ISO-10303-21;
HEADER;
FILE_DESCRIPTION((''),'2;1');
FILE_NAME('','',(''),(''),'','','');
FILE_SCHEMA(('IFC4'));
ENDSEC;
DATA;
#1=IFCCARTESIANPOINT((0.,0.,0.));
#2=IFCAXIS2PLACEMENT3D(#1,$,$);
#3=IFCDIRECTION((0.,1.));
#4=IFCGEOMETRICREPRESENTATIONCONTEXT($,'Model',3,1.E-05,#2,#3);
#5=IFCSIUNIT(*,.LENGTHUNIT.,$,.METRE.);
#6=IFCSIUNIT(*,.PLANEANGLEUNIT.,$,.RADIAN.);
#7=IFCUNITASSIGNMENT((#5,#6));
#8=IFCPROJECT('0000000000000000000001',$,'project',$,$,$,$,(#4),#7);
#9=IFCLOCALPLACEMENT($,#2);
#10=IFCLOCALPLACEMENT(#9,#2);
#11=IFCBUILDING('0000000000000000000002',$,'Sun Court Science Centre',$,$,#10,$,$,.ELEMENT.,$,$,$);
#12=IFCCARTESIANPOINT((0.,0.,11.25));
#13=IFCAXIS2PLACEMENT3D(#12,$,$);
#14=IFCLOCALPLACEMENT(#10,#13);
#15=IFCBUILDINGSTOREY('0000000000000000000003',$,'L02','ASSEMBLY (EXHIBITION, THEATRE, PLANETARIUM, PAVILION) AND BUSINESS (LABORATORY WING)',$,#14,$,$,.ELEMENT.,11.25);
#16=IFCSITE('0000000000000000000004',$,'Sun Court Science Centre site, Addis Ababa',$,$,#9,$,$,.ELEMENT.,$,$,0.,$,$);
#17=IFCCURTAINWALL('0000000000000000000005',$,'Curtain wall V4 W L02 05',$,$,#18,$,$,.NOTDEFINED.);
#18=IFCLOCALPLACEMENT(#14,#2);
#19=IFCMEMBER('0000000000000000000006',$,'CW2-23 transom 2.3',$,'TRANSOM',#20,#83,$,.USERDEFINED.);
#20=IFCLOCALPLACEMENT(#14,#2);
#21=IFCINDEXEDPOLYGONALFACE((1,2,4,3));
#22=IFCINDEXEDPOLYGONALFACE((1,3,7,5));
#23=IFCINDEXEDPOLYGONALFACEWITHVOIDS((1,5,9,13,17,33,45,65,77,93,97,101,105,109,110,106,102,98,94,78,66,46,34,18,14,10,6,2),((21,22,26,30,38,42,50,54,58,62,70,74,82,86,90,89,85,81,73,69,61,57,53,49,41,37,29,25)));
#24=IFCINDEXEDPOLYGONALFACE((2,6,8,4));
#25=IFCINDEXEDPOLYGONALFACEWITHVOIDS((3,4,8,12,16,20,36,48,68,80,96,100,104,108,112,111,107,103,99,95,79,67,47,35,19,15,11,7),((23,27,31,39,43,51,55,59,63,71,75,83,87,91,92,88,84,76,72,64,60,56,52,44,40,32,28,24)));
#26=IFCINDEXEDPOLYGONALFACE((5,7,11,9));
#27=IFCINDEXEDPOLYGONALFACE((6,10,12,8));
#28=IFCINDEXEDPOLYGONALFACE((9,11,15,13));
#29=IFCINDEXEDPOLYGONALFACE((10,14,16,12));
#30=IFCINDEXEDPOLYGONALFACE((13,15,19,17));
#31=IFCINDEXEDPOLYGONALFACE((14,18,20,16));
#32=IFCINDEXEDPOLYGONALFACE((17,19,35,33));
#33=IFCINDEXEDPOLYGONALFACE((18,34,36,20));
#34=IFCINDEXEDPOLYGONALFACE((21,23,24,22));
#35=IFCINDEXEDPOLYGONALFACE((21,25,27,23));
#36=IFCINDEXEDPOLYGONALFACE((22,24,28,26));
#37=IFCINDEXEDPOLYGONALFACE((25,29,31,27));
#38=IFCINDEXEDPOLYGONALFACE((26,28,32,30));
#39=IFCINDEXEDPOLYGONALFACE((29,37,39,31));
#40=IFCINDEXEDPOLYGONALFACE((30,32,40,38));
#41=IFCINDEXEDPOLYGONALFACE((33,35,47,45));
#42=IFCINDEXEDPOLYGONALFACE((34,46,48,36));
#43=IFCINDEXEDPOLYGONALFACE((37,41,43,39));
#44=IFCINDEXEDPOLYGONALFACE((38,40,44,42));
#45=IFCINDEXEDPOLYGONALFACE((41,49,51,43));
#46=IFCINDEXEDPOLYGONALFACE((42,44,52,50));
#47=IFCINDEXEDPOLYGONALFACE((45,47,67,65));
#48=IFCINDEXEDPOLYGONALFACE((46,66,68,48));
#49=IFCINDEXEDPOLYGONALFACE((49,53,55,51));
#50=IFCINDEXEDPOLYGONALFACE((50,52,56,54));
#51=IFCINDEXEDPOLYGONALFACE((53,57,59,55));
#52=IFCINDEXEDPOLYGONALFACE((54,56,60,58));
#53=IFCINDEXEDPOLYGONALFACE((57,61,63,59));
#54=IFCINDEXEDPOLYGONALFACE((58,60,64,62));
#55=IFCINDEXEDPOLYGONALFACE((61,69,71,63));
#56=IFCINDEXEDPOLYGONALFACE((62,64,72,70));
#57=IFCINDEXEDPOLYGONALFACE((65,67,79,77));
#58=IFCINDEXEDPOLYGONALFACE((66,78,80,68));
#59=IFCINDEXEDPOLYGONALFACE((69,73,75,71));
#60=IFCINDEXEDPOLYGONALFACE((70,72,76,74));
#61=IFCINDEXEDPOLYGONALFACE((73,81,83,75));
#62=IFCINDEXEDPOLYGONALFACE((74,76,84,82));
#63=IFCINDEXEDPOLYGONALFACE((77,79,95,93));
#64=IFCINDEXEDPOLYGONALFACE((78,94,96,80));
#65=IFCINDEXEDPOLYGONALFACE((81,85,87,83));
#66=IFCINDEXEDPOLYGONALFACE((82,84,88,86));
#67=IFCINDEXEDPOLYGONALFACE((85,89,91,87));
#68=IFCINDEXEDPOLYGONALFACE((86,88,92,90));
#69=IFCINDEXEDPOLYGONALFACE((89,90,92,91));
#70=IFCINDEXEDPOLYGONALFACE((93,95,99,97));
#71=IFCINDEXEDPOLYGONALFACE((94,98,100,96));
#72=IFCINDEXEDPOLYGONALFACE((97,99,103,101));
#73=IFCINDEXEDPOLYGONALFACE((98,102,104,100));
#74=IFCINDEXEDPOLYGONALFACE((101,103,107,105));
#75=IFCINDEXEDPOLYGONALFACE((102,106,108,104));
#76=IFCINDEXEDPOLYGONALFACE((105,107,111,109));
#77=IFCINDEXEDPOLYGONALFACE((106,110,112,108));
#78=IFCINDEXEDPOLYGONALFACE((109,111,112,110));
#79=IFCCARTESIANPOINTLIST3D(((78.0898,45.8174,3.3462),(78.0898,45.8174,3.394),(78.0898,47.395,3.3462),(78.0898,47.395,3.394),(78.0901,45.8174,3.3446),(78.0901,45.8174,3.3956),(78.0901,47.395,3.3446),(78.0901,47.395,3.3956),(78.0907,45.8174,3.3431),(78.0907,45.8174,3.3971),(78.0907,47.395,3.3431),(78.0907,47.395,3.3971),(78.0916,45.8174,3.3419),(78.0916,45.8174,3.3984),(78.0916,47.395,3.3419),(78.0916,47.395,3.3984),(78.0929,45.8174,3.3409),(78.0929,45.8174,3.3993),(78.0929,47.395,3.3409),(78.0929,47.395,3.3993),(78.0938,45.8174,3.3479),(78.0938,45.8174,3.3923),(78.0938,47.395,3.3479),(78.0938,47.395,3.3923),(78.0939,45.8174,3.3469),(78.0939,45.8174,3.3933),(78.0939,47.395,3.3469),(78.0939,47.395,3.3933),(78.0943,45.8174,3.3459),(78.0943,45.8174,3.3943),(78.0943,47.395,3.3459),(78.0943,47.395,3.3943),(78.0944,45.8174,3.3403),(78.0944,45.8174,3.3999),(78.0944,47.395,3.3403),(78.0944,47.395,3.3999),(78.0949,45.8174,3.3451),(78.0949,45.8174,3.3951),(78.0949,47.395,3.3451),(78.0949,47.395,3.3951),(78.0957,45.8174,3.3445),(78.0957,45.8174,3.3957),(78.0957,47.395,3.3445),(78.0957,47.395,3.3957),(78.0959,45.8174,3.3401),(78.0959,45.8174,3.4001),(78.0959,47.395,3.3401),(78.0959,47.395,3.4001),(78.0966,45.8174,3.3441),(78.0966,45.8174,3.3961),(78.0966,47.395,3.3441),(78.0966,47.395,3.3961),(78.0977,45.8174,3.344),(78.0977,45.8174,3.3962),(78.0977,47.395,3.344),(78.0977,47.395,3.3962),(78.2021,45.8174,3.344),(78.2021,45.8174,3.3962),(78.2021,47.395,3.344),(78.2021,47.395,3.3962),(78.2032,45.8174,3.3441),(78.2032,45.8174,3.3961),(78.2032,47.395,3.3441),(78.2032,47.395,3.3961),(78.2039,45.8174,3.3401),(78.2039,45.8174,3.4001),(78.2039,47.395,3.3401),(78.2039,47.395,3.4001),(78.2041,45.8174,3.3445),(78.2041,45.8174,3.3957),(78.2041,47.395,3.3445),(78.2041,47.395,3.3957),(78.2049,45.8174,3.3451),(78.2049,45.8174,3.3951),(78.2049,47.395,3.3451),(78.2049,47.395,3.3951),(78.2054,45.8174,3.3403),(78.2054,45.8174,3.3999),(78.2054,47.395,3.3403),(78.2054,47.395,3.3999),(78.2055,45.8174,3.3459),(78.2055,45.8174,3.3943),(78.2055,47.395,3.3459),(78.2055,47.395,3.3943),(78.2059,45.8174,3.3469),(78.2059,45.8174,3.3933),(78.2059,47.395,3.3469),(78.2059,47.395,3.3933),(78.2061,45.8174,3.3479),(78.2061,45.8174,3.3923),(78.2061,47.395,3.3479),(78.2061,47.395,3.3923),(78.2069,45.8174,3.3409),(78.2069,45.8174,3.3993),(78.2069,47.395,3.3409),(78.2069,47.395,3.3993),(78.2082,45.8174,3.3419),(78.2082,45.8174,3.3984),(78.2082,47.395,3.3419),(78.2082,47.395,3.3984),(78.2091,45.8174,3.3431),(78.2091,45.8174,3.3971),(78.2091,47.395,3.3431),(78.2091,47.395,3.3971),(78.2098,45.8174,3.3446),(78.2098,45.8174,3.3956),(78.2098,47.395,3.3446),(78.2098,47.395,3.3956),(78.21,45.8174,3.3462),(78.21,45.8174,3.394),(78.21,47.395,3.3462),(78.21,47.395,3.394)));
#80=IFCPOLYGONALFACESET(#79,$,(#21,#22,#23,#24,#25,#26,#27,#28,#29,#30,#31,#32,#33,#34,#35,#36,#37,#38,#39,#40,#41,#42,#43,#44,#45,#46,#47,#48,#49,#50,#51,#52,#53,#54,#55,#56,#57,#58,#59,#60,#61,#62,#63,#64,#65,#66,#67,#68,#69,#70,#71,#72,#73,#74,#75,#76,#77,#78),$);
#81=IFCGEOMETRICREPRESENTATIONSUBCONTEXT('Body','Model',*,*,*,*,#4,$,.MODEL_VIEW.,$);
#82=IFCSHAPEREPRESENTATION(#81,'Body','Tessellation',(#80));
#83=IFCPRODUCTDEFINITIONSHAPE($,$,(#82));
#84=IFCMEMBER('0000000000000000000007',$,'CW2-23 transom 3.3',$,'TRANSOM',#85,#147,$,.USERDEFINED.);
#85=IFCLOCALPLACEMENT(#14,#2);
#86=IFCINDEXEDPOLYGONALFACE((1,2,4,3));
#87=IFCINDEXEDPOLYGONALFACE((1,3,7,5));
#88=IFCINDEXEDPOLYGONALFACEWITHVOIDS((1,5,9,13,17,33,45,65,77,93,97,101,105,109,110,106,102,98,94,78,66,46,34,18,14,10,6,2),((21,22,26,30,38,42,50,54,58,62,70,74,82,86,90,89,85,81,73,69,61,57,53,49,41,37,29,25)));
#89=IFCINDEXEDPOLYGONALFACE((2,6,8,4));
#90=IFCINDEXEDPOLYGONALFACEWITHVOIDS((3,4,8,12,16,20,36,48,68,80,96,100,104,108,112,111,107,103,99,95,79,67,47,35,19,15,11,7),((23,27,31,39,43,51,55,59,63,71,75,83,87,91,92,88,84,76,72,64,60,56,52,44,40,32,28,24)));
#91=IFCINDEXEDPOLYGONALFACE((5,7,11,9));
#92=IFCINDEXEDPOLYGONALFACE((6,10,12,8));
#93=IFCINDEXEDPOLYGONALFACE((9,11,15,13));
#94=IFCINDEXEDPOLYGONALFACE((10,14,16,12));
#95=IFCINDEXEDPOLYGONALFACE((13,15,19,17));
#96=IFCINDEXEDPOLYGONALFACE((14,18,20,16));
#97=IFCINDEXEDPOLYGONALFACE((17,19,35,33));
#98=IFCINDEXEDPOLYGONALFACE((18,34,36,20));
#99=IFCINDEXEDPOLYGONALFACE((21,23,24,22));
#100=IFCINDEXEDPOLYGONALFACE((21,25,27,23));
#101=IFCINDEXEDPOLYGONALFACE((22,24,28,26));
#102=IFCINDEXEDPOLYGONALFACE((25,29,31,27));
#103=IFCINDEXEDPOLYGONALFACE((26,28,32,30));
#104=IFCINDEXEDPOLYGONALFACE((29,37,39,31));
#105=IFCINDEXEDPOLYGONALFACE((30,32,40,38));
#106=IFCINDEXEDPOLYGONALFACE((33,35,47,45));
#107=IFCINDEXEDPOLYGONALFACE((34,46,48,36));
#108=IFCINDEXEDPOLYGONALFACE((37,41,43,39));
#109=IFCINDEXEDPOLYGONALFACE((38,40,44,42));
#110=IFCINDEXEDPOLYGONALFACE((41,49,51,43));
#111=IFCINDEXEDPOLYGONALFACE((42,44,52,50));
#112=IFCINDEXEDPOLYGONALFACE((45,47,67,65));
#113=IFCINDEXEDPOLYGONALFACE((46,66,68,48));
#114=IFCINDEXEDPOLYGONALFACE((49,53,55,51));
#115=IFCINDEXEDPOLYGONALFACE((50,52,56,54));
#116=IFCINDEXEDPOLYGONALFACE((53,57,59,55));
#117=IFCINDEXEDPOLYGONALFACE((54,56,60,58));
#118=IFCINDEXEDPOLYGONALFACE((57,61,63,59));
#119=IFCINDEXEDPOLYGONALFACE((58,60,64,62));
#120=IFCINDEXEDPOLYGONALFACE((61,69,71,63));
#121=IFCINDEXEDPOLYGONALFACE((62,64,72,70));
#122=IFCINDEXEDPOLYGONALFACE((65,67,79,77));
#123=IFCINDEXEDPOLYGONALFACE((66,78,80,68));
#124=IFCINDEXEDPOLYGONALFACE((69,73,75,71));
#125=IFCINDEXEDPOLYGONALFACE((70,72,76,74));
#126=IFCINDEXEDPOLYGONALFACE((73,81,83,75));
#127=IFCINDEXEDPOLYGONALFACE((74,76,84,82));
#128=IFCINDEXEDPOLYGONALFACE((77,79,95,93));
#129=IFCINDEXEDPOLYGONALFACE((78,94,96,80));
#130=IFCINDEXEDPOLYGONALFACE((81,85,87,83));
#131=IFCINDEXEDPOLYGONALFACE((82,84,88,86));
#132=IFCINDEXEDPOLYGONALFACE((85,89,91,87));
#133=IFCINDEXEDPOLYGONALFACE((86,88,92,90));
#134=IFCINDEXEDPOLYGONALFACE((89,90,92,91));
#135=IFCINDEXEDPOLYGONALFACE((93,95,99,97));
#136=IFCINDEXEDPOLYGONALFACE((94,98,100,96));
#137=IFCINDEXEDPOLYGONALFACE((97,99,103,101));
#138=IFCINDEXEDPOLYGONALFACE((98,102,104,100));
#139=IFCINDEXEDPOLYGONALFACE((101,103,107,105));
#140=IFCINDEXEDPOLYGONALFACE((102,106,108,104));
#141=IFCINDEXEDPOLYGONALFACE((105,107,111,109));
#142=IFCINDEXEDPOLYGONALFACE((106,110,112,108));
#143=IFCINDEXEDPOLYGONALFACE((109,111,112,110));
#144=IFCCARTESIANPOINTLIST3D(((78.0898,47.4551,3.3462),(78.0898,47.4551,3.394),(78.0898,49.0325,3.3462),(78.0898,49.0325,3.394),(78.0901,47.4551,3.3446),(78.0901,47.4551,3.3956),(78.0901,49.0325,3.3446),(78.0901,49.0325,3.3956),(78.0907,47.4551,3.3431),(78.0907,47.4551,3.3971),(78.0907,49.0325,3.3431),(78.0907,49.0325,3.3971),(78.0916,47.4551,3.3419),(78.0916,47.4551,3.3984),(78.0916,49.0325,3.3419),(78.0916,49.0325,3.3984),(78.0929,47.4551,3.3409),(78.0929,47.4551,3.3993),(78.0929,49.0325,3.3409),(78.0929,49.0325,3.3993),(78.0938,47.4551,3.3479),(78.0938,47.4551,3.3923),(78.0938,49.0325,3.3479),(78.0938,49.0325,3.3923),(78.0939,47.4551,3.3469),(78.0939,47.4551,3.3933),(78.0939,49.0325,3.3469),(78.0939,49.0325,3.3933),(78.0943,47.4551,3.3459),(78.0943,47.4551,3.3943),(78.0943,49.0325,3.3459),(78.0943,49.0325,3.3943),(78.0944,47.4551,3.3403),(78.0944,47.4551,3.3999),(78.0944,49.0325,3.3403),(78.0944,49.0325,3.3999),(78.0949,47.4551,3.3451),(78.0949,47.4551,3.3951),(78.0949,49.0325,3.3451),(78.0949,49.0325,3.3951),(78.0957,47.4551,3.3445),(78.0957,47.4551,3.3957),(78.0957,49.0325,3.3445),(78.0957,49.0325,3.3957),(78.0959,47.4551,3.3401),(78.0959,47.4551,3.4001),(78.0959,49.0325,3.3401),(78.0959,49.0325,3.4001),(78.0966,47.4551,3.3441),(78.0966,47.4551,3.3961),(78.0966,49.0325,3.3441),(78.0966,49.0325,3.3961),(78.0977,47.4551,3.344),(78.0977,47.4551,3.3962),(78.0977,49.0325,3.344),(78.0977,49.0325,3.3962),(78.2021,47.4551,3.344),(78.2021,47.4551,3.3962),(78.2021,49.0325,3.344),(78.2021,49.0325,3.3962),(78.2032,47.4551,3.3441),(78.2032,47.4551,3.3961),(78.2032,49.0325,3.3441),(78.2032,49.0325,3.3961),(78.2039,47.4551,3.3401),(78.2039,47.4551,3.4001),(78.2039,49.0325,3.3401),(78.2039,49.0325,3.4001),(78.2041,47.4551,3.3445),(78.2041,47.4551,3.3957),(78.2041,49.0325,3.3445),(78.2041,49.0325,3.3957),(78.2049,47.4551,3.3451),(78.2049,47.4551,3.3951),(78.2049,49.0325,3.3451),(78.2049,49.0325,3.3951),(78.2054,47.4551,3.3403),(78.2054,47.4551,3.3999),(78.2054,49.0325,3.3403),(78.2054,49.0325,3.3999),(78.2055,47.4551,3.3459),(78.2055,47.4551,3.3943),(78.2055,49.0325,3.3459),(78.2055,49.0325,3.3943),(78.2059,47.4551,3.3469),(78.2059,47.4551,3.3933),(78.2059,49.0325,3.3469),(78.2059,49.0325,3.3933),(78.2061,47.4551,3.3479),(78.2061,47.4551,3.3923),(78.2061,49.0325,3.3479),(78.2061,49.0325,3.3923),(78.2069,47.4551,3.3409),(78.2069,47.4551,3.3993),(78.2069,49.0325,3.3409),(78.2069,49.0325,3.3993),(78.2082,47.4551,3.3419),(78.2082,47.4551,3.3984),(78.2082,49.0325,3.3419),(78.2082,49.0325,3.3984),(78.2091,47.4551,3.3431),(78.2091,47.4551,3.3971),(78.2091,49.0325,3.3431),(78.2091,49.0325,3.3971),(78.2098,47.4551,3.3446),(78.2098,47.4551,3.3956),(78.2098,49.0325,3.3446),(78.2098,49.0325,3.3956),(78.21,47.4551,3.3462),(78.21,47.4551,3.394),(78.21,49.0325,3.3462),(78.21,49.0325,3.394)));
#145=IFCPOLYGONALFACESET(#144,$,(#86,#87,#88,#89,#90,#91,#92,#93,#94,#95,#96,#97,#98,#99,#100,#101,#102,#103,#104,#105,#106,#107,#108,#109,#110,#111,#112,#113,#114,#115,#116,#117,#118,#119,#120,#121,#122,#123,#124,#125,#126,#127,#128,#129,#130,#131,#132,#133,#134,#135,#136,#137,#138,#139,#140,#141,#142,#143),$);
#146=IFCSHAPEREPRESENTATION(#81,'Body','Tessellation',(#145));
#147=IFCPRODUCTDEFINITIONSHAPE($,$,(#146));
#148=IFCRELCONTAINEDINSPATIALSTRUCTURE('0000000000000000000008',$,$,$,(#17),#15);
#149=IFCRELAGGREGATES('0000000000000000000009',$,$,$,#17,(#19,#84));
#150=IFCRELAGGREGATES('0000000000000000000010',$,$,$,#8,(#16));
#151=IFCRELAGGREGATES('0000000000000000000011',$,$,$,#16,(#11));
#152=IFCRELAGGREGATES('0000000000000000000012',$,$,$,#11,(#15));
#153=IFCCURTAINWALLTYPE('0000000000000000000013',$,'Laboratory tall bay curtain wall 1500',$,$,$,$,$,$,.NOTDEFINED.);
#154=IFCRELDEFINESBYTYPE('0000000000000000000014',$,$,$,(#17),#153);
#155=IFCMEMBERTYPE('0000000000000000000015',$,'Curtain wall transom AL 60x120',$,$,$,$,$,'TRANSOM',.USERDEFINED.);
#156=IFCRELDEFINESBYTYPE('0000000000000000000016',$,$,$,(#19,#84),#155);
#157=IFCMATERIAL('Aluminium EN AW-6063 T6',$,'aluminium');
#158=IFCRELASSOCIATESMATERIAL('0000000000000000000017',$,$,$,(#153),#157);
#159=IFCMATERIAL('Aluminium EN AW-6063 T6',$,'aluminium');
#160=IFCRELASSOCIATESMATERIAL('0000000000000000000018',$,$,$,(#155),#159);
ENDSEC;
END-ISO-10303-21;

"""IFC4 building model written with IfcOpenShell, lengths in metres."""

from ifc_helpers import new_model, si_unit, direction, frame, origin, origin_2d, place, context, subcontext, project, spatial, hollow_rectangle, extrude, material, material_profile, profile_set, type_object, element, aggregate, save


model = new_model("IFC4")

# Units and contexts
model_context = context("Model", 3, precision=1e-05, world=origin(), true_north=direction((0.0, 1.0)))
body_context = subcontext(model_context, "Body", "Model", "MODEL_VIEW")
ifc_project = project(units=[si_unit("LENGTHUNIT", "METRE"), si_unit("PLANEANGLEUNIT", "RADIAN")], contexts=[model_context])

# Site, building, storey
site_placement = place(None, origin())
site = spatial("IfcSite", under=ifc_project, at=site_placement, Name="Sun Court Science Centre site, Addis Ababa", CompositionType="ELEMENT", RefElevation=0.0)
building_placement = place(site_placement, origin())
building = spatial("IfcBuilding", under=site, at=building_placement, Name="Sun Court Science Centre", CompositionType="ELEMENT")
storey_placement = place(building_placement, frame((0.0, 0.0, 11.25)))
storey = spatial("IfcBuildingStorey", under=building, at=storey_placement, Name="L02", Description="ASSEMBLY (EXHIBITION, THEATRE, PLANETARIUM, PAVILION) AND BUSINESS (LABORATORY WING)", CompositionType="ELEMENT", Elevation=11.25)

# Shared definitions
ifc_material_1 = material(Name="Aluminium EN AW-6063 T6", Category="aluminium")
curtain_wall_type = type_object("IfcCurtainWallType", Name="Laboratory tall bay curtain wall 1500", PredefinedType="NOTDEFINED", material=ifc_material_1)

# Curtain wall, members
curtain_wall_1_placement = place(storey_placement, origin())
curtain_wall_1 = element("IfcCurtainWall", 1, at=curtain_wall_1_placement, inside=storey, type_object=curtain_wall_type, Name="Curtain wall V4 W L02 05", PredefinedType="NOTDEFINED")
ifc_material_2 = material(Name="Aluminium EN AW-6063 T6", Category="aluminium")
ifc_material_profile_1 = material_profile(ifc_material_2, hollow_rectangle(XDim=0.0601, YDim=0.1201, WallThickness=0.0039, InnerFilletRadius=0.0039, OuterFilletRadius=0.0061, at=origin_2d()), Name="AL 60x120x4")
ifc_profile_set_1 = profile_set([ifc_material_profile_1], Name="Aluminium EN AW-6063 T6")
member_type_1 = type_object("IfcMemberType", Name="Curtain wall transom AL 60x120", ElementType="TRANSOM", PredefinedType="USERDEFINED", material=ifc_profile_set_1)
member_1_placement = place(storey_placement, frame((78.1499, 45.8174, 3.3701), z_axis=(0.0, 1.0, 0.0), x_axis=(0.0, 0.0, 1.0)))
member_1 = element("IfcMember", 2, at=member_1_placement, type_object=member_type_1, Name="CW2-23 transom 2.3", ObjectType="TRANSOM", PredefinedType="USERDEFINED", context=body_context, shape_type="SweptSolid", body=[
    extrude(hollow_rectangle(XDim=0.0601, YDim=0.1201, WallThickness=0.0039, InnerFilletRadius=0.0039, OuterFilletRadius=0.0061, at=origin_2d()), origin(), (0.0, 0.0, 1.0), 1.5776),
])
member_2_placement = place(storey_placement, frame((78.1499, 47.4551, 3.3701), z_axis=(0.0, 1.0, 0.0), x_axis=(0.0, 0.0, 1.0)))
member_2 = element("IfcMember", 3, at=member_2_placement, type_object=member_type_1, Name="CW2-23 transom 3.3", ObjectType="TRANSOM", PredefinedType="USERDEFINED", context=body_context, shape_type="SweptSolid", body=[
    extrude(hollow_rectangle(XDim=0.0601, YDim=0.1201, WallThickness=0.0039, InnerFilletRadius=0.0039, OuterFilletRadius=0.0061, at=origin_2d()), origin(), (0.0, 0.0, 1.0), 1.5774),
])

aggregate(curtain_wall_1, [member_1, member_2])

save(model, "model.ifc")
